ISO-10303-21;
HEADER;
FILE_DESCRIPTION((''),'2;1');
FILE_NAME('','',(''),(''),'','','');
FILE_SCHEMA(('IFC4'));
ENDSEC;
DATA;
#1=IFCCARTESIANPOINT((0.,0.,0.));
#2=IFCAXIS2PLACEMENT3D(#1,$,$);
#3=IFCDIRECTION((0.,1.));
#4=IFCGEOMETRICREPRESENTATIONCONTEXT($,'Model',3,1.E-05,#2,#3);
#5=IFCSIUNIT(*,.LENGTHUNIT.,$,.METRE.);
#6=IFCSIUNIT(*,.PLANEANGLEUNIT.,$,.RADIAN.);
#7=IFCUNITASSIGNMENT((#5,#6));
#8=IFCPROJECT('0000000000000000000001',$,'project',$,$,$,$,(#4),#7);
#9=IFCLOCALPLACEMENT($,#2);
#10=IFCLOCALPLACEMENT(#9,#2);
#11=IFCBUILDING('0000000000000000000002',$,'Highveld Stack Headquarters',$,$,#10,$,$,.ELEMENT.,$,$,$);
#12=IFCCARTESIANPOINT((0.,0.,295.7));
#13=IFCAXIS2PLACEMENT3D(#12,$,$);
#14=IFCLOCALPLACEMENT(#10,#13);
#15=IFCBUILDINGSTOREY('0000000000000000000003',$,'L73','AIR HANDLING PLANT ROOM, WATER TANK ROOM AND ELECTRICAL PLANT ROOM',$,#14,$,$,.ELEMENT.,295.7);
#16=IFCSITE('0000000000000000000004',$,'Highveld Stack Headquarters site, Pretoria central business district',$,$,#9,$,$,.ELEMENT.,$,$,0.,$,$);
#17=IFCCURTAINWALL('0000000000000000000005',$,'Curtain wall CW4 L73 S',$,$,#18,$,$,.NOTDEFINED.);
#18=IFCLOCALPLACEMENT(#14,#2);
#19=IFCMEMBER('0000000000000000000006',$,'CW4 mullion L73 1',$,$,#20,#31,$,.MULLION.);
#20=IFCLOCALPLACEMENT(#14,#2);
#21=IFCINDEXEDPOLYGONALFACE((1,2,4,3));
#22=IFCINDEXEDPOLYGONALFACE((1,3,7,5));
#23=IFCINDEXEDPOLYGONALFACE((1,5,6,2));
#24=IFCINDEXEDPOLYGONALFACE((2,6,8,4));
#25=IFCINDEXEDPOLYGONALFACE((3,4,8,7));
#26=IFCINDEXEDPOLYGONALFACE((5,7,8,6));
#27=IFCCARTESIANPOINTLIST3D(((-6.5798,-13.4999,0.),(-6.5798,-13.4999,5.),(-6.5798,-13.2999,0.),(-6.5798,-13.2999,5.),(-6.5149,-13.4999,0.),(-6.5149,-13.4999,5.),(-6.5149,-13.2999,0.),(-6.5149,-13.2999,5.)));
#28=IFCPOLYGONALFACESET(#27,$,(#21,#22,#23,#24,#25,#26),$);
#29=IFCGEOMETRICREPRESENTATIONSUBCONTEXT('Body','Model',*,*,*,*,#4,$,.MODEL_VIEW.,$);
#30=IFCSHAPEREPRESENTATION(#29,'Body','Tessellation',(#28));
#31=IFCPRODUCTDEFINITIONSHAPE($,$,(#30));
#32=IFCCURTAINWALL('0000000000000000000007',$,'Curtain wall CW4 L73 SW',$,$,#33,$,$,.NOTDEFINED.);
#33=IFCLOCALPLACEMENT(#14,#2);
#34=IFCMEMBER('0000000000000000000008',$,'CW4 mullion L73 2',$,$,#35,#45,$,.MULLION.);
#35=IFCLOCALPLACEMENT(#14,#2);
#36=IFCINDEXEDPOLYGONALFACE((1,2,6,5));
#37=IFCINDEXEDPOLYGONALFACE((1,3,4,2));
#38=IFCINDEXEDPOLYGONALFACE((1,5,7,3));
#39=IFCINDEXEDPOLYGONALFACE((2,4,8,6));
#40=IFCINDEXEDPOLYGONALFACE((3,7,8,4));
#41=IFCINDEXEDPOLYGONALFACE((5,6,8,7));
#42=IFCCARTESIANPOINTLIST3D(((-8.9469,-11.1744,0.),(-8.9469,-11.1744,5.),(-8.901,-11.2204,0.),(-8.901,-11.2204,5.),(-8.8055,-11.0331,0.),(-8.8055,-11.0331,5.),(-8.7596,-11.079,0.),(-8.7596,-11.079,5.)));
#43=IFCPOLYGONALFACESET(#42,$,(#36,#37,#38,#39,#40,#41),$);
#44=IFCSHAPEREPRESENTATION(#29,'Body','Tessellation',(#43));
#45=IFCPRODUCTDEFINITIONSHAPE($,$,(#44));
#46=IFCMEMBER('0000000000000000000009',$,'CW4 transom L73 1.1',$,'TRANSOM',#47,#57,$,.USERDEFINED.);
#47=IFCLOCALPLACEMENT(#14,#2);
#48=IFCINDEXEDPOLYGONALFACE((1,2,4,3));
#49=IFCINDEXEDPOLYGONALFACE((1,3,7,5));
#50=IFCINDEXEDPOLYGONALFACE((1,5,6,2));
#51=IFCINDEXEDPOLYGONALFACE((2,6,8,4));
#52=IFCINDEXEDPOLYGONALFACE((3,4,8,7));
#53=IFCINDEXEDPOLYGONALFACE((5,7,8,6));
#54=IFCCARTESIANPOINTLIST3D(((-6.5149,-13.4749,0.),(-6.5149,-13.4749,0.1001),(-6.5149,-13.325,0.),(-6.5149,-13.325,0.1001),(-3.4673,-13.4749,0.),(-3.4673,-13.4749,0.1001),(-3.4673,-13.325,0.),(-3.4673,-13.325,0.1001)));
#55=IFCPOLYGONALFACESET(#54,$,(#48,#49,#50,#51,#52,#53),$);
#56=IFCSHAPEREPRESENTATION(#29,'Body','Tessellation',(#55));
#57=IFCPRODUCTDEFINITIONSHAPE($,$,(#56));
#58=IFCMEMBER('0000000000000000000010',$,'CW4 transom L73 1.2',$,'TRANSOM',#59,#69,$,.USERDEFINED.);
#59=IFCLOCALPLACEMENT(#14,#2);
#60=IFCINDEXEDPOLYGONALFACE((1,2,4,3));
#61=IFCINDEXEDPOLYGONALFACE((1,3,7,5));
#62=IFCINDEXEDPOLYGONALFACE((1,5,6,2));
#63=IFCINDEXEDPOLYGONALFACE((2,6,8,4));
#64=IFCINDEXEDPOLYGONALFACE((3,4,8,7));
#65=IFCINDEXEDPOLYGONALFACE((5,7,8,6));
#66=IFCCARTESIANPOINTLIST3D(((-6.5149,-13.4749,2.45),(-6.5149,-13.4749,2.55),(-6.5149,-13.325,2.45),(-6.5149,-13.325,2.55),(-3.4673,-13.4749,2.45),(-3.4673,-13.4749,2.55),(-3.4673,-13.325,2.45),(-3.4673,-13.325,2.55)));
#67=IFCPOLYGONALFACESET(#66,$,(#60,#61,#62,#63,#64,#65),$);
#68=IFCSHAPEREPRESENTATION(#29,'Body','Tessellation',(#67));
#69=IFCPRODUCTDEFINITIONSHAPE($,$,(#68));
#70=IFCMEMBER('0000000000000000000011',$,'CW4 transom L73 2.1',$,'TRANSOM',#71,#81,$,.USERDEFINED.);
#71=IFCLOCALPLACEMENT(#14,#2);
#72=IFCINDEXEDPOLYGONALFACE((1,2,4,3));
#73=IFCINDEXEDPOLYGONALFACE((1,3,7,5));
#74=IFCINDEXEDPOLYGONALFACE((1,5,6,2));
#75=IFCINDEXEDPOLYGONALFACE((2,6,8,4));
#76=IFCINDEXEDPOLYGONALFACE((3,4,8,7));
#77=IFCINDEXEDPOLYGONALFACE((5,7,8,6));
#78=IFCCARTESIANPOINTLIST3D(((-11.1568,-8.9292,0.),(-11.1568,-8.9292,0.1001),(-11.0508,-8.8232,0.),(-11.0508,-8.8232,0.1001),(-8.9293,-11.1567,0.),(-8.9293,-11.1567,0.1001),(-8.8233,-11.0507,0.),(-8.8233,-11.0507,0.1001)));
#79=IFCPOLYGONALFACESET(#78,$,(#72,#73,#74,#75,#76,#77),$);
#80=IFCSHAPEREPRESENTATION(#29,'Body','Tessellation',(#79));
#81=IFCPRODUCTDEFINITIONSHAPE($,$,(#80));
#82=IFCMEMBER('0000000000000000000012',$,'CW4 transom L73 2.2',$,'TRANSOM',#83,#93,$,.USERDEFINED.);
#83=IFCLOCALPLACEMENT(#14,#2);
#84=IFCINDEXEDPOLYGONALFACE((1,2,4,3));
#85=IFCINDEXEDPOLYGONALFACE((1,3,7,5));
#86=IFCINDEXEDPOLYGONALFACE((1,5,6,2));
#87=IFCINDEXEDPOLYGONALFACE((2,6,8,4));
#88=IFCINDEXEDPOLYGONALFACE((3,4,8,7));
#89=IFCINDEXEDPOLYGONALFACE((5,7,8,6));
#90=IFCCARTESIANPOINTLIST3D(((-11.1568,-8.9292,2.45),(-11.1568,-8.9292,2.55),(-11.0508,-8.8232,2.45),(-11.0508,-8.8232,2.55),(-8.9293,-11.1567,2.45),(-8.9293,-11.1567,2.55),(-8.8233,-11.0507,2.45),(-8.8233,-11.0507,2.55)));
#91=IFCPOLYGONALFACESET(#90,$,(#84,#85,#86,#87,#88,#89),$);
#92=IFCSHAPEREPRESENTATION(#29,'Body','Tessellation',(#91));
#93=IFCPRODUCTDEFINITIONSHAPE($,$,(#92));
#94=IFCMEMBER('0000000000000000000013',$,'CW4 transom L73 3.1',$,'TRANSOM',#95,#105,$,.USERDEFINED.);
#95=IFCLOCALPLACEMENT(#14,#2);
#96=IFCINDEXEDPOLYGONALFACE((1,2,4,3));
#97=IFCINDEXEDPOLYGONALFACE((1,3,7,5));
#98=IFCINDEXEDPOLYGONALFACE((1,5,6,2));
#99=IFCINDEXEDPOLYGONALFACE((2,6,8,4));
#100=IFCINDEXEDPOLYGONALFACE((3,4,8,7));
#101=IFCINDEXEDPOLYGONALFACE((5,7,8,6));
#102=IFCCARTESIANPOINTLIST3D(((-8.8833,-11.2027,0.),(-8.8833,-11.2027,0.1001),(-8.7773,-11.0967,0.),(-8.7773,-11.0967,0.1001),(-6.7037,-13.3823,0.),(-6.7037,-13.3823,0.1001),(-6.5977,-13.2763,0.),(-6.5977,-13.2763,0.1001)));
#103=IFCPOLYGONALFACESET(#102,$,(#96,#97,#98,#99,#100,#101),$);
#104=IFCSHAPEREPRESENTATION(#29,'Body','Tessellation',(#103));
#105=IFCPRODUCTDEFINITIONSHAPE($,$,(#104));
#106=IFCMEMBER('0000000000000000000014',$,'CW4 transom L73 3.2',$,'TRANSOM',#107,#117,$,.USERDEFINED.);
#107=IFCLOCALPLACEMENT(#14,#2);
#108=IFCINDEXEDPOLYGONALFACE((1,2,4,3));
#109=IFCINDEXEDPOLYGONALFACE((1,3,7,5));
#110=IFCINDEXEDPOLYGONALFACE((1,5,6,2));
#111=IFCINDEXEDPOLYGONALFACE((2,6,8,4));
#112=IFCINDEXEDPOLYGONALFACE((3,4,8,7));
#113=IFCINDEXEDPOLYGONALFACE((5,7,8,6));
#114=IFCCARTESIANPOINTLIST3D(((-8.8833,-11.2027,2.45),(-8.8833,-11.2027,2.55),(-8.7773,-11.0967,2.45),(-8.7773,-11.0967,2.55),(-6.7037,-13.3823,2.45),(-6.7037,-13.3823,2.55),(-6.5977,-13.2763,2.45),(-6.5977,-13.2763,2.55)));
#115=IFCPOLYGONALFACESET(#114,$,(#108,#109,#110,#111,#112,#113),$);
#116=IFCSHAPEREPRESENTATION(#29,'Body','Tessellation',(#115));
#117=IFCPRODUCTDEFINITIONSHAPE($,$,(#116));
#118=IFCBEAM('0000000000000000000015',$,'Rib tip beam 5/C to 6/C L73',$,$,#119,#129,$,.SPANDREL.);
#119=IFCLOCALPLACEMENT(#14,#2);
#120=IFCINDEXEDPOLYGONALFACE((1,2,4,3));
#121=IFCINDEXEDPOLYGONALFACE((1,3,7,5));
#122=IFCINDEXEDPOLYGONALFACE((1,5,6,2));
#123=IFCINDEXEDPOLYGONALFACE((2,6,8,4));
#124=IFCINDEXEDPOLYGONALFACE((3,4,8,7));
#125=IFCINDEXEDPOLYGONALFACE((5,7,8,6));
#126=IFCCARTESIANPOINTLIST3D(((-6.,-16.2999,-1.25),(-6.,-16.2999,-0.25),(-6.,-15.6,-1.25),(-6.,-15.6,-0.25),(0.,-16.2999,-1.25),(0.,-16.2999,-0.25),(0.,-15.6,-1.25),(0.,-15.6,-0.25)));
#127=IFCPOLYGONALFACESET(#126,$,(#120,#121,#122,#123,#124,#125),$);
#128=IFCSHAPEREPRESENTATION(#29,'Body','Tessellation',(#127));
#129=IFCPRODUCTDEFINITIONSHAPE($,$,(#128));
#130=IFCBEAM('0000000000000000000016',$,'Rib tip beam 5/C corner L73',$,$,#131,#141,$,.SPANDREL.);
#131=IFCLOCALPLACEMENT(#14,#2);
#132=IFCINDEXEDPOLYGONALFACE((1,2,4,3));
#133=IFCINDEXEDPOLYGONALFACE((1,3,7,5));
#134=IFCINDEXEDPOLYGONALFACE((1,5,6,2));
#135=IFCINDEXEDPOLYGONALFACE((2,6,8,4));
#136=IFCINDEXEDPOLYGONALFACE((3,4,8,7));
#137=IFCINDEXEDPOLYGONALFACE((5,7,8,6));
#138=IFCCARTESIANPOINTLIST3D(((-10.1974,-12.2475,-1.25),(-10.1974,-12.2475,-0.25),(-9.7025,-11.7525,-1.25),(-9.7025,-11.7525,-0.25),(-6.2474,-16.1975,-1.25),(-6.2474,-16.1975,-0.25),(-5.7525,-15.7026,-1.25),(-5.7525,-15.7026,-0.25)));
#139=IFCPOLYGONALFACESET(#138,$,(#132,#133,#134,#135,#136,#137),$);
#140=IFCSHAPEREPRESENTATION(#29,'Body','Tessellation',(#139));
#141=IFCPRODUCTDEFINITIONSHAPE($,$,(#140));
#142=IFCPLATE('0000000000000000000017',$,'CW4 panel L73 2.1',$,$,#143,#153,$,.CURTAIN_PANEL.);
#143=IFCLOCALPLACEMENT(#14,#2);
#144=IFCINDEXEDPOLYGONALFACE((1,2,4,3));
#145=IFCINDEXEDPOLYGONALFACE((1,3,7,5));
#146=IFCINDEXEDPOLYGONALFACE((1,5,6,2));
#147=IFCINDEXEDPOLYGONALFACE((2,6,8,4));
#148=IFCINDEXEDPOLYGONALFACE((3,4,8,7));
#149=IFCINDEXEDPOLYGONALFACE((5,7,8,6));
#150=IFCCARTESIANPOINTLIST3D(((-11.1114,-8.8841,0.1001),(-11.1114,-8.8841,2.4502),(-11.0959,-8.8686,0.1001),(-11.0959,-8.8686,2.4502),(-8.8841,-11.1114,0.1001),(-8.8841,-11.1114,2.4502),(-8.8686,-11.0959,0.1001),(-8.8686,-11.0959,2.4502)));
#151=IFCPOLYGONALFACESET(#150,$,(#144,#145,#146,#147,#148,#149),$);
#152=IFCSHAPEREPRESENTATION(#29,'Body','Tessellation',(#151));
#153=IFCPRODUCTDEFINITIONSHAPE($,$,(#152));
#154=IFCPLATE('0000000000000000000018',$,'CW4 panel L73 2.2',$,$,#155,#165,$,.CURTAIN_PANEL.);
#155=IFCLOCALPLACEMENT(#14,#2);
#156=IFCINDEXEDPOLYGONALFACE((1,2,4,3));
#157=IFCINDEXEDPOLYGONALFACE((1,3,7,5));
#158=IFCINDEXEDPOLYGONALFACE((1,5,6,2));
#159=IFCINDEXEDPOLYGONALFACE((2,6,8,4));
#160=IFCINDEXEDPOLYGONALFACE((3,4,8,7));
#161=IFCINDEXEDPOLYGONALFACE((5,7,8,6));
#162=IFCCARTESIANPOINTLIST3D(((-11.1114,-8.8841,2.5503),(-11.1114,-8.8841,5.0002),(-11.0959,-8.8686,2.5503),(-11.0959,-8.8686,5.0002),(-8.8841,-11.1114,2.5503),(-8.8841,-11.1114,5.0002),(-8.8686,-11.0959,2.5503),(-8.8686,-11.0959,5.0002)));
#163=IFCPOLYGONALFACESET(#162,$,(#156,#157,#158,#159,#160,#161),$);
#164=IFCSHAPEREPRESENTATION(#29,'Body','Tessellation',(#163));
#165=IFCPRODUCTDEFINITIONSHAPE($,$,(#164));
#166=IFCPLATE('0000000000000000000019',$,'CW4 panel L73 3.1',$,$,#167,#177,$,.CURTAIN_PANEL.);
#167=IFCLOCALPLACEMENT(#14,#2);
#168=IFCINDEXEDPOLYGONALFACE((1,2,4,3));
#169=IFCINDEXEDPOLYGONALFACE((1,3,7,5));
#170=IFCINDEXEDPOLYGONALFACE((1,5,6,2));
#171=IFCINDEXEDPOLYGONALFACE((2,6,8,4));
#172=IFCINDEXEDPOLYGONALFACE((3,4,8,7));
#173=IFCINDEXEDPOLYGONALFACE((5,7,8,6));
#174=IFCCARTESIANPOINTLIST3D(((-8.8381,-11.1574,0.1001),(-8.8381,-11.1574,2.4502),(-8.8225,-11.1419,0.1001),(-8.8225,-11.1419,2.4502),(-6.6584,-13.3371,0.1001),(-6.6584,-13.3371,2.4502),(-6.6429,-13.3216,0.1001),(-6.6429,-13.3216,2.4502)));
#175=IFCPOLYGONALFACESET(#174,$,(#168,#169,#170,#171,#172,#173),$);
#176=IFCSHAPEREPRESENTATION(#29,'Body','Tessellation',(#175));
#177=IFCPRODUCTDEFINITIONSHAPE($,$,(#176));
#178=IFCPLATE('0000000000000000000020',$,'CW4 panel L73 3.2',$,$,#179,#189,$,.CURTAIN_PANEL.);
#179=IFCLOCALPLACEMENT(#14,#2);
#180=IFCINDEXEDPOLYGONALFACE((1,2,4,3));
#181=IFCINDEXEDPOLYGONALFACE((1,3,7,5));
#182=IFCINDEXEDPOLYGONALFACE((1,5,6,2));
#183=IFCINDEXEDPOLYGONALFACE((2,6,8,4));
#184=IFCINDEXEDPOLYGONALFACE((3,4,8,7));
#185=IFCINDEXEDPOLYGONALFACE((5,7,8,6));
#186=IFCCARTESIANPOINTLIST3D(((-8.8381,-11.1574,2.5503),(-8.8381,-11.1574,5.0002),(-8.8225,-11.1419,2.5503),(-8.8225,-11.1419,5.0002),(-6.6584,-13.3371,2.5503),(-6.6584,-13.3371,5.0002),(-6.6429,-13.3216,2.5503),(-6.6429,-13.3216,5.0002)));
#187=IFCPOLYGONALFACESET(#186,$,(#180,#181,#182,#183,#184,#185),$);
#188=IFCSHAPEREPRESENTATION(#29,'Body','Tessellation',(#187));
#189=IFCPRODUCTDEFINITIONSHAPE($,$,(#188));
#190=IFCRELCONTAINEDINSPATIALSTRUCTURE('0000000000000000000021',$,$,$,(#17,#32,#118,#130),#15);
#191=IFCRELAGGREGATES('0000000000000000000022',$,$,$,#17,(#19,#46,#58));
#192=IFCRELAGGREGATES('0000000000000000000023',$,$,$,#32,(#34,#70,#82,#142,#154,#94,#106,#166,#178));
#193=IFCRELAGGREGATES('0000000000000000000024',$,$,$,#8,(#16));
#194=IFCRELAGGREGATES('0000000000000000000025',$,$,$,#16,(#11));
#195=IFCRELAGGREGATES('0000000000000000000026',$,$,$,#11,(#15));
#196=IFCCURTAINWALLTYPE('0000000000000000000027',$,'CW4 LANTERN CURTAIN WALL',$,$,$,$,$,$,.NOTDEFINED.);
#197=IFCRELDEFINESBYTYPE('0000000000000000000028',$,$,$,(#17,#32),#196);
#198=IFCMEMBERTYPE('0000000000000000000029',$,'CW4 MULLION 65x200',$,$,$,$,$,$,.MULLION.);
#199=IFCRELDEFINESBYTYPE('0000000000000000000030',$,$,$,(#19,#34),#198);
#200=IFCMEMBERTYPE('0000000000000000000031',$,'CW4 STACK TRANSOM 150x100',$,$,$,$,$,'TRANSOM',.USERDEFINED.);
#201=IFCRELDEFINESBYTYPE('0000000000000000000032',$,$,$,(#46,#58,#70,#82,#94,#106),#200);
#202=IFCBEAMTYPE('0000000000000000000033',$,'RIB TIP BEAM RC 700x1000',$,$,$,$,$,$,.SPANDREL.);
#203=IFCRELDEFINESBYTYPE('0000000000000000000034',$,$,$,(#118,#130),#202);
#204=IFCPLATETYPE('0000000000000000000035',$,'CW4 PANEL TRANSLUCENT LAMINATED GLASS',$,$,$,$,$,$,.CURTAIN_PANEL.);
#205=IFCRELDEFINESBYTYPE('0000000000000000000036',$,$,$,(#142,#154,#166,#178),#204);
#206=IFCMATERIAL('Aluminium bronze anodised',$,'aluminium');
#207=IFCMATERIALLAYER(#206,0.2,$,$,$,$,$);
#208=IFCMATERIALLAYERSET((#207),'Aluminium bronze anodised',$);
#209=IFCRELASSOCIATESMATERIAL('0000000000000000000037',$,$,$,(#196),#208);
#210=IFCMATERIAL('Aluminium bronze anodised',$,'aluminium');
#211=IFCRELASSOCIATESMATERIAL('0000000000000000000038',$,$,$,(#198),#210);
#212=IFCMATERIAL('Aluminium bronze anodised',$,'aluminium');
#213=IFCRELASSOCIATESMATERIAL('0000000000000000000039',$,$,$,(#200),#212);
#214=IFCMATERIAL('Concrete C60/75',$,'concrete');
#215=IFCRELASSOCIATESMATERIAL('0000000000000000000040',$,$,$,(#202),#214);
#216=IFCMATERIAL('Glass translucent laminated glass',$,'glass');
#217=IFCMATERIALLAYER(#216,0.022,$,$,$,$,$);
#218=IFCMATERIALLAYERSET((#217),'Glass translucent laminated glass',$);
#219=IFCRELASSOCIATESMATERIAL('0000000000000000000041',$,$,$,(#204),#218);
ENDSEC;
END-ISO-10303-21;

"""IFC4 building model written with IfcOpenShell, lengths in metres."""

from ifc_helpers import new_model, si_unit, direction, frame, origin, origin_2d, place, context, subcontext, project, spatial, rectangle, extrude, material, layer, layer_set, material_profile, profile_set, type_object, element, aggregate, save


model = new_model("IFC4")

# Units and contexts
model_context = context("Model", 3, precision=1e-05, world=origin(), true_north=direction((0.0, 1.0)))
body_context = subcontext(model_context, "Body", "Model", "MODEL_VIEW")
ifc_project = project(units=[si_unit("LENGTHUNIT", "METRE"), si_unit("PLANEANGLEUNIT", "RADIAN")], contexts=[model_context])

# Site, building, storey
site_placement = place(None, origin())
site = spatial("IfcSite", under=ifc_project, at=site_placement, Name="Highveld Stack Headquarters site, Pretoria central business district", CompositionType="ELEMENT", RefElevation=0.0)
building_placement = place(site_placement, origin())
building = spatial("IfcBuilding", under=site, at=building_placement, Name="Highveld Stack Headquarters", CompositionType="ELEMENT")
storey_placement = place(building_placement, frame((0.0, 0.0, 295.7)))
storey = spatial("IfcBuildingStorey", under=building, at=storey_placement, Name="L73", Description="AIR HANDLING PLANT ROOM, WATER TANK ROOM AND ELECTRICAL PLANT ROOM", CompositionType="ELEMENT", Elevation=295.7)

# Curtain walls, members
ifc_material_1 = material(Name="Aluminium bronze anodised", Category="aluminium")
ifc_layer_1 = layer(ifc_material_1, 0.2)
ifc_layer_set_1 = layer_set([ifc_layer_1], Name="Aluminium bronze anodised")
curtain_wall_type = type_object("IfcCurtainWallType", Name="CW4 LANTERN CURTAIN WALL", PredefinedType="NOTDEFINED", material=ifc_layer_set_1)
curtain_wall_1_placement = place(storey_placement, origin())
curtain_wall_1 = element("IfcCurtainWall", 1, at=curtain_wall_1_placement, inside=storey, type_object=curtain_wall_type, Name="Curtain wall CW4 L73 S", PredefinedType="NOTDEFINED")
ifc_material_2 = material(Name="Aluminium bronze anodised", Category="aluminium")
ifc_material_profile_1 = material_profile(ifc_material_2, rectangle(XDim=0.2, YDim=0.0649, at=origin_2d()), Name="CW4 MULLION 65x200")
ifc_profile_set_1 = profile_set([ifc_material_profile_1], Name="Aluminium bronze anodised")
member_type_1 = type_object("IfcMemberType", Name="CW4 MULLION 65x200", PredefinedType="MULLION", material=ifc_profile_set_1)
member_1_placement = place(storey_placement, frame((-6.5474, -13.3999, 0.0), z_axis=(0.0, 0.0, 1.0), x_axis=(0.0, 1.0, 0.0)))
member_1 = element("IfcMember", 2, at=member_1_placement, type_object=member_type_1, Name="CW4 mullion L73 1", PredefinedType="MULLION", context=body_context, shape_type="SweptSolid", body=[
    extrude(rectangle(XDim=0.2, YDim=0.0649, at=origin_2d()), origin(), (0.0, 0.0, 1.0), 5.0),
])
curtain_wall_2_placement = place(storey_placement, origin())
curtain_wall_2 = element("IfcCurtainWall", 3, at=curtain_wall_2_placement, inside=storey, type_object=curtain_wall_type, Name="Curtain wall CW4 L73 SW", PredefinedType="NOTDEFINED")
member_2_placement = place(storey_placement, frame((-8.8533, -11.1267, 0.0), z_axis=(0.0, 0.0, 1.0), x_axis=(0.707107, 0.707107, 0.0)))
member_2 = element("IfcMember", 4, at=member_2_placement, type_object=member_type_1, Name="CW4 mullion L73 2", PredefinedType="MULLION", context=body_context, shape_type="SweptSolid", body=[
    extrude(rectangle(XDim=0.2, YDim=0.0649, at=origin_2d()), origin(), (0.0, 0.0, 1.0), 5.0),
])

# Members
ifc_material_3 = material(Name="Aluminium bronze anodised", Category="aluminium")
ifc_material_profile_2 = material_profile(ifc_material_3, rectangle(XDim=0.1499, YDim=0.1001, at=origin_2d()), Name="CW4 TRANSOM 150x100")
ifc_profile_set_2 = profile_set([ifc_material_profile_2], Name="Aluminium bronze anodised")
member_type_2 = type_object("IfcMemberType", Name="CW4 STACK TRANSOM 150x100", ElementType="TRANSOM", PredefinedType="USERDEFINED", material=ifc_profile_set_2)
member_3_placement = place(storey_placement, frame((-6.5149, -13.3999, 0.05), z_axis=(1.0, 0.0, 0.0), x_axis=(0.0, 1.0, 0.0)))
member_3 = element("IfcMember", 5, at=member_3_placement, type_object=member_type_2, Name="CW4 transom L73 1.1", ObjectType="TRANSOM", PredefinedType="USERDEFINED", context=body_context, shape_type="SweptSolid", body=[
    extrude(rectangle(XDim=0.1499, YDim=0.1001, at=origin_2d()), origin(), (0.0, 0.0, 1.0), 3.0476),
])
member_4_placement = place(storey_placement, frame((-6.5149, -13.3999, 2.5), z_axis=(1.0, 0.0, 0.0), x_axis=(0.0, 1.0, 0.0)))
member_4 = element("IfcMember", 6, at=member_4_placement, type_object=member_type_2, Name="CW4 transom L73 1.2", ObjectType="TRANSOM", PredefinedType="USERDEFINED", context=body_context, shape_type="SweptSolid", body=[
    extrude(rectangle(XDim=0.1499, YDim=0.1001, at=origin_2d()), origin(), (0.0, 0.0, 1.0), 3.0476),
])
aggregate(curtain_wall_1, [member_1, member_3, member_4])
member_5_placement = place(storey_placement, frame((-11.1038, -8.8762, 0.05), z_axis=(0.707107, -0.707107, 0.0), x_axis=(0.707107, 0.707107, 0.0)))
member_5 = element("IfcMember", 7, at=member_5_placement, type_object=member_type_2, Name="CW4 transom L73 2.1", ObjectType="TRANSOM", PredefinedType="USERDEFINED", context=body_context, shape_type="SweptSolid", body=[
    extrude(rectangle(XDim=0.1499, YDim=0.1001, at=origin_2d()), origin(), (0.0, 0.0, 1.0), 3.1501),
])
member_6_placement = place(storey_placement, frame((-11.1038, -8.8762, 2.5), z_axis=(0.707107, -0.707107, 0.0), x_axis=(0.707107, 0.707107, 0.0)))
member_6 = element("IfcMember", 8, at=member_6_placement, type_object=member_type_2, Name="CW4 transom L73 2.2", ObjectType="TRANSOM", PredefinedType="USERDEFINED", context=body_context, shape_type="SweptSolid", body=[
    extrude(rectangle(XDim=0.1499, YDim=0.1001, at=origin_2d()), origin(), (0.0, 0.0, 1.0), 3.1501),
])
member_7_placement = place(storey_placement, frame((-8.8303, -11.1497, 0.05), z_axis=(0.707107, -0.707107, 0.0), x_axis=(0.707107, 0.707107, 0.0)))
member_7 = element("IfcMember", 9, at=member_7_placement, type_object=member_type_2, Name="CW4 transom L73 3.1", ObjectType="TRANSOM", PredefinedType="USERDEFINED", context=body_context, shape_type="SweptSolid", body=[
    extrude(rectangle(XDim=0.1499, YDim=0.1001, at=origin_2d()), origin(), (0.0, 0.0, 1.0), 3.0825),
])
member_8_placement = place(storey_placement, frame((-8.8303, -11.1497, 2.5), z_axis=(0.707107, -0.707107, 0.0), x_axis=(0.707107, 0.707107, 0.0)))
member_8 = element("IfcMember", 10, at=member_8_placement, type_object=member_type_2, Name="CW4 transom L73 3.2", ObjectType="TRANSOM", PredefinedType="USERDEFINED", context=body_context, shape_type="SweptSolid", body=[
    extrude(rectangle(XDim=0.1499, YDim=0.1001, at=origin_2d()), origin(), (0.0, 0.0, 1.0), 3.0825),
])

# Beams
ifc_material_4 = material(Name="Concrete C60/75", Category="concrete")
ifc_material_profile_3 = material_profile(ifc_material_4, rectangle(XDim=0.7, YDim=1.0, at=origin_2d()), Name="RC 700x1000")
ifc_profile_set_3 = profile_set([ifc_material_profile_3], Name="Concrete C60/75")
beam_type = type_object("IfcBeamType", Name="RIB TIP BEAM RC 700x1000", PredefinedType="SPANDREL", material=ifc_profile_set_3)
beam_1_placement = place(storey_placement, frame((-6.0, -15.95, -0.75), z_axis=(1.0, 0.0, 0.0), x_axis=(0.0, 1.0, 0.0)))
element("IfcBeam", 11, at=beam_1_placement, inside=storey, type_object=beam_type, Name="Rib tip beam 5/C to 6/C L73", PredefinedType="SPANDREL", context=body_context, shape_type="SweptSolid", body=[
    extrude(rectangle(XDim=0.7, YDim=1.0, at=origin_2d()), origin(), (0.0, 0.0, 1.0), 6.0),
])
beam_2_placement = place(storey_placement, frame((-9.95, -12.0, -0.75), z_axis=(0.707107, -0.707107, 0.0), x_axis=(0.707107, 0.707107, 0.0)))
element("IfcBeam", 12, at=beam_2_placement, inside=storey, type_object=beam_type, Name="Rib tip beam 5/C corner L73", PredefinedType="SPANDREL", context=body_context, shape_type="SweptSolid", body=[
    extrude(rectangle(XDim=0.7, YDim=1.0, at=origin_2d()), origin(), (0.0, 0.0, 1.0), 5.5862),
])

# Plates
ifc_material_5 = material(Name="Glass translucent laminated glass", Category="glass")
ifc_layer_2 = layer(ifc_material_5, 0.022)
ifc_layer_set_2 = layer_set([ifc_layer_2], Name="Glass translucent laminated glass")
plate_type = type_object("IfcPlateType", Name="CW4 PANEL TRANSLUCENT LAMINATED GLASS", PredefinedType="CURTAIN_PANEL", material=ifc_layer_set_2)
plate_1_placement = place(storey_placement, frame((-9.99, -9.99, 0.1001), z_axis=(0.0, 0.0, 1.0), x_axis=(0.707107, -0.707107, 0.0)))
plate_1 = element("IfcPlate", 13, at=plate_1_placement, type_object=plate_type, Name="CW4 panel L73 2.1", PredefinedType="CURTAIN_PANEL", context=body_context, shape_type="SweptSolid", body=[
    extrude(rectangle(XDim=3.1499, YDim=0.022, at=origin_2d()), origin(), (0.0, 0.0, 1.0), 2.3501),
])
plate_2_placement = place(storey_placement, frame((-9.99, -9.99, 2.5503), z_axis=(0.0, 0.0, 1.0), x_axis=(0.707107, -0.707107, 0.0)))
plate_2 = element("IfcPlate", 14, at=plate_2_placement, type_object=plate_type, Name="CW4 panel L73 2.2", PredefinedType="CURTAIN_PANEL", context=body_context, shape_type="SweptSolid", body=[
    extrude(rectangle(XDim=3.1499, YDim=0.022, at=origin_2d()), origin(), (0.0, 0.0, 1.0), 2.45),
])
plate_3_placement = place(storey_placement, frame((-7.7405, -12.2395, 0.1001), z_axis=(0.0, 0.0, 1.0), x_axis=(0.707107, -0.707107, 0.0)))
plate_3 = element("IfcPlate", 15, at=plate_3_placement, type_object=plate_type, Name="CW4 panel L73 3.1", PredefinedType="CURTAIN_PANEL", context=body_context, shape_type="SweptSolid", body=[
    extrude(rectangle(XDim=3.0825, YDim=0.022, at=origin_2d()), origin(), (0.0, 0.0, 1.0), 2.3501),
])
plate_4_placement = place(storey_placement, frame((-7.7405, -12.2395, 2.5503), z_axis=(0.0, 0.0, 1.0), x_axis=(0.707107, -0.707107, 0.0)))
plate_4 = element("IfcPlate", 16, at=plate_4_placement, type_object=plate_type, Name="CW4 panel L73 3.2", PredefinedType="CURTAIN_PANEL", context=body_context, shape_type="SweptSolid", body=[
    extrude(rectangle(XDim=3.0825, YDim=0.022, at=origin_2d()), origin(), (0.0, 0.0, 1.0), 2.45),
])
aggregate(curtain_wall_2, [member_2, member_5, member_6, plate_1, plate_2, member_7, member_8, plate_3, plate_4])

save(model, "model.ifc")
